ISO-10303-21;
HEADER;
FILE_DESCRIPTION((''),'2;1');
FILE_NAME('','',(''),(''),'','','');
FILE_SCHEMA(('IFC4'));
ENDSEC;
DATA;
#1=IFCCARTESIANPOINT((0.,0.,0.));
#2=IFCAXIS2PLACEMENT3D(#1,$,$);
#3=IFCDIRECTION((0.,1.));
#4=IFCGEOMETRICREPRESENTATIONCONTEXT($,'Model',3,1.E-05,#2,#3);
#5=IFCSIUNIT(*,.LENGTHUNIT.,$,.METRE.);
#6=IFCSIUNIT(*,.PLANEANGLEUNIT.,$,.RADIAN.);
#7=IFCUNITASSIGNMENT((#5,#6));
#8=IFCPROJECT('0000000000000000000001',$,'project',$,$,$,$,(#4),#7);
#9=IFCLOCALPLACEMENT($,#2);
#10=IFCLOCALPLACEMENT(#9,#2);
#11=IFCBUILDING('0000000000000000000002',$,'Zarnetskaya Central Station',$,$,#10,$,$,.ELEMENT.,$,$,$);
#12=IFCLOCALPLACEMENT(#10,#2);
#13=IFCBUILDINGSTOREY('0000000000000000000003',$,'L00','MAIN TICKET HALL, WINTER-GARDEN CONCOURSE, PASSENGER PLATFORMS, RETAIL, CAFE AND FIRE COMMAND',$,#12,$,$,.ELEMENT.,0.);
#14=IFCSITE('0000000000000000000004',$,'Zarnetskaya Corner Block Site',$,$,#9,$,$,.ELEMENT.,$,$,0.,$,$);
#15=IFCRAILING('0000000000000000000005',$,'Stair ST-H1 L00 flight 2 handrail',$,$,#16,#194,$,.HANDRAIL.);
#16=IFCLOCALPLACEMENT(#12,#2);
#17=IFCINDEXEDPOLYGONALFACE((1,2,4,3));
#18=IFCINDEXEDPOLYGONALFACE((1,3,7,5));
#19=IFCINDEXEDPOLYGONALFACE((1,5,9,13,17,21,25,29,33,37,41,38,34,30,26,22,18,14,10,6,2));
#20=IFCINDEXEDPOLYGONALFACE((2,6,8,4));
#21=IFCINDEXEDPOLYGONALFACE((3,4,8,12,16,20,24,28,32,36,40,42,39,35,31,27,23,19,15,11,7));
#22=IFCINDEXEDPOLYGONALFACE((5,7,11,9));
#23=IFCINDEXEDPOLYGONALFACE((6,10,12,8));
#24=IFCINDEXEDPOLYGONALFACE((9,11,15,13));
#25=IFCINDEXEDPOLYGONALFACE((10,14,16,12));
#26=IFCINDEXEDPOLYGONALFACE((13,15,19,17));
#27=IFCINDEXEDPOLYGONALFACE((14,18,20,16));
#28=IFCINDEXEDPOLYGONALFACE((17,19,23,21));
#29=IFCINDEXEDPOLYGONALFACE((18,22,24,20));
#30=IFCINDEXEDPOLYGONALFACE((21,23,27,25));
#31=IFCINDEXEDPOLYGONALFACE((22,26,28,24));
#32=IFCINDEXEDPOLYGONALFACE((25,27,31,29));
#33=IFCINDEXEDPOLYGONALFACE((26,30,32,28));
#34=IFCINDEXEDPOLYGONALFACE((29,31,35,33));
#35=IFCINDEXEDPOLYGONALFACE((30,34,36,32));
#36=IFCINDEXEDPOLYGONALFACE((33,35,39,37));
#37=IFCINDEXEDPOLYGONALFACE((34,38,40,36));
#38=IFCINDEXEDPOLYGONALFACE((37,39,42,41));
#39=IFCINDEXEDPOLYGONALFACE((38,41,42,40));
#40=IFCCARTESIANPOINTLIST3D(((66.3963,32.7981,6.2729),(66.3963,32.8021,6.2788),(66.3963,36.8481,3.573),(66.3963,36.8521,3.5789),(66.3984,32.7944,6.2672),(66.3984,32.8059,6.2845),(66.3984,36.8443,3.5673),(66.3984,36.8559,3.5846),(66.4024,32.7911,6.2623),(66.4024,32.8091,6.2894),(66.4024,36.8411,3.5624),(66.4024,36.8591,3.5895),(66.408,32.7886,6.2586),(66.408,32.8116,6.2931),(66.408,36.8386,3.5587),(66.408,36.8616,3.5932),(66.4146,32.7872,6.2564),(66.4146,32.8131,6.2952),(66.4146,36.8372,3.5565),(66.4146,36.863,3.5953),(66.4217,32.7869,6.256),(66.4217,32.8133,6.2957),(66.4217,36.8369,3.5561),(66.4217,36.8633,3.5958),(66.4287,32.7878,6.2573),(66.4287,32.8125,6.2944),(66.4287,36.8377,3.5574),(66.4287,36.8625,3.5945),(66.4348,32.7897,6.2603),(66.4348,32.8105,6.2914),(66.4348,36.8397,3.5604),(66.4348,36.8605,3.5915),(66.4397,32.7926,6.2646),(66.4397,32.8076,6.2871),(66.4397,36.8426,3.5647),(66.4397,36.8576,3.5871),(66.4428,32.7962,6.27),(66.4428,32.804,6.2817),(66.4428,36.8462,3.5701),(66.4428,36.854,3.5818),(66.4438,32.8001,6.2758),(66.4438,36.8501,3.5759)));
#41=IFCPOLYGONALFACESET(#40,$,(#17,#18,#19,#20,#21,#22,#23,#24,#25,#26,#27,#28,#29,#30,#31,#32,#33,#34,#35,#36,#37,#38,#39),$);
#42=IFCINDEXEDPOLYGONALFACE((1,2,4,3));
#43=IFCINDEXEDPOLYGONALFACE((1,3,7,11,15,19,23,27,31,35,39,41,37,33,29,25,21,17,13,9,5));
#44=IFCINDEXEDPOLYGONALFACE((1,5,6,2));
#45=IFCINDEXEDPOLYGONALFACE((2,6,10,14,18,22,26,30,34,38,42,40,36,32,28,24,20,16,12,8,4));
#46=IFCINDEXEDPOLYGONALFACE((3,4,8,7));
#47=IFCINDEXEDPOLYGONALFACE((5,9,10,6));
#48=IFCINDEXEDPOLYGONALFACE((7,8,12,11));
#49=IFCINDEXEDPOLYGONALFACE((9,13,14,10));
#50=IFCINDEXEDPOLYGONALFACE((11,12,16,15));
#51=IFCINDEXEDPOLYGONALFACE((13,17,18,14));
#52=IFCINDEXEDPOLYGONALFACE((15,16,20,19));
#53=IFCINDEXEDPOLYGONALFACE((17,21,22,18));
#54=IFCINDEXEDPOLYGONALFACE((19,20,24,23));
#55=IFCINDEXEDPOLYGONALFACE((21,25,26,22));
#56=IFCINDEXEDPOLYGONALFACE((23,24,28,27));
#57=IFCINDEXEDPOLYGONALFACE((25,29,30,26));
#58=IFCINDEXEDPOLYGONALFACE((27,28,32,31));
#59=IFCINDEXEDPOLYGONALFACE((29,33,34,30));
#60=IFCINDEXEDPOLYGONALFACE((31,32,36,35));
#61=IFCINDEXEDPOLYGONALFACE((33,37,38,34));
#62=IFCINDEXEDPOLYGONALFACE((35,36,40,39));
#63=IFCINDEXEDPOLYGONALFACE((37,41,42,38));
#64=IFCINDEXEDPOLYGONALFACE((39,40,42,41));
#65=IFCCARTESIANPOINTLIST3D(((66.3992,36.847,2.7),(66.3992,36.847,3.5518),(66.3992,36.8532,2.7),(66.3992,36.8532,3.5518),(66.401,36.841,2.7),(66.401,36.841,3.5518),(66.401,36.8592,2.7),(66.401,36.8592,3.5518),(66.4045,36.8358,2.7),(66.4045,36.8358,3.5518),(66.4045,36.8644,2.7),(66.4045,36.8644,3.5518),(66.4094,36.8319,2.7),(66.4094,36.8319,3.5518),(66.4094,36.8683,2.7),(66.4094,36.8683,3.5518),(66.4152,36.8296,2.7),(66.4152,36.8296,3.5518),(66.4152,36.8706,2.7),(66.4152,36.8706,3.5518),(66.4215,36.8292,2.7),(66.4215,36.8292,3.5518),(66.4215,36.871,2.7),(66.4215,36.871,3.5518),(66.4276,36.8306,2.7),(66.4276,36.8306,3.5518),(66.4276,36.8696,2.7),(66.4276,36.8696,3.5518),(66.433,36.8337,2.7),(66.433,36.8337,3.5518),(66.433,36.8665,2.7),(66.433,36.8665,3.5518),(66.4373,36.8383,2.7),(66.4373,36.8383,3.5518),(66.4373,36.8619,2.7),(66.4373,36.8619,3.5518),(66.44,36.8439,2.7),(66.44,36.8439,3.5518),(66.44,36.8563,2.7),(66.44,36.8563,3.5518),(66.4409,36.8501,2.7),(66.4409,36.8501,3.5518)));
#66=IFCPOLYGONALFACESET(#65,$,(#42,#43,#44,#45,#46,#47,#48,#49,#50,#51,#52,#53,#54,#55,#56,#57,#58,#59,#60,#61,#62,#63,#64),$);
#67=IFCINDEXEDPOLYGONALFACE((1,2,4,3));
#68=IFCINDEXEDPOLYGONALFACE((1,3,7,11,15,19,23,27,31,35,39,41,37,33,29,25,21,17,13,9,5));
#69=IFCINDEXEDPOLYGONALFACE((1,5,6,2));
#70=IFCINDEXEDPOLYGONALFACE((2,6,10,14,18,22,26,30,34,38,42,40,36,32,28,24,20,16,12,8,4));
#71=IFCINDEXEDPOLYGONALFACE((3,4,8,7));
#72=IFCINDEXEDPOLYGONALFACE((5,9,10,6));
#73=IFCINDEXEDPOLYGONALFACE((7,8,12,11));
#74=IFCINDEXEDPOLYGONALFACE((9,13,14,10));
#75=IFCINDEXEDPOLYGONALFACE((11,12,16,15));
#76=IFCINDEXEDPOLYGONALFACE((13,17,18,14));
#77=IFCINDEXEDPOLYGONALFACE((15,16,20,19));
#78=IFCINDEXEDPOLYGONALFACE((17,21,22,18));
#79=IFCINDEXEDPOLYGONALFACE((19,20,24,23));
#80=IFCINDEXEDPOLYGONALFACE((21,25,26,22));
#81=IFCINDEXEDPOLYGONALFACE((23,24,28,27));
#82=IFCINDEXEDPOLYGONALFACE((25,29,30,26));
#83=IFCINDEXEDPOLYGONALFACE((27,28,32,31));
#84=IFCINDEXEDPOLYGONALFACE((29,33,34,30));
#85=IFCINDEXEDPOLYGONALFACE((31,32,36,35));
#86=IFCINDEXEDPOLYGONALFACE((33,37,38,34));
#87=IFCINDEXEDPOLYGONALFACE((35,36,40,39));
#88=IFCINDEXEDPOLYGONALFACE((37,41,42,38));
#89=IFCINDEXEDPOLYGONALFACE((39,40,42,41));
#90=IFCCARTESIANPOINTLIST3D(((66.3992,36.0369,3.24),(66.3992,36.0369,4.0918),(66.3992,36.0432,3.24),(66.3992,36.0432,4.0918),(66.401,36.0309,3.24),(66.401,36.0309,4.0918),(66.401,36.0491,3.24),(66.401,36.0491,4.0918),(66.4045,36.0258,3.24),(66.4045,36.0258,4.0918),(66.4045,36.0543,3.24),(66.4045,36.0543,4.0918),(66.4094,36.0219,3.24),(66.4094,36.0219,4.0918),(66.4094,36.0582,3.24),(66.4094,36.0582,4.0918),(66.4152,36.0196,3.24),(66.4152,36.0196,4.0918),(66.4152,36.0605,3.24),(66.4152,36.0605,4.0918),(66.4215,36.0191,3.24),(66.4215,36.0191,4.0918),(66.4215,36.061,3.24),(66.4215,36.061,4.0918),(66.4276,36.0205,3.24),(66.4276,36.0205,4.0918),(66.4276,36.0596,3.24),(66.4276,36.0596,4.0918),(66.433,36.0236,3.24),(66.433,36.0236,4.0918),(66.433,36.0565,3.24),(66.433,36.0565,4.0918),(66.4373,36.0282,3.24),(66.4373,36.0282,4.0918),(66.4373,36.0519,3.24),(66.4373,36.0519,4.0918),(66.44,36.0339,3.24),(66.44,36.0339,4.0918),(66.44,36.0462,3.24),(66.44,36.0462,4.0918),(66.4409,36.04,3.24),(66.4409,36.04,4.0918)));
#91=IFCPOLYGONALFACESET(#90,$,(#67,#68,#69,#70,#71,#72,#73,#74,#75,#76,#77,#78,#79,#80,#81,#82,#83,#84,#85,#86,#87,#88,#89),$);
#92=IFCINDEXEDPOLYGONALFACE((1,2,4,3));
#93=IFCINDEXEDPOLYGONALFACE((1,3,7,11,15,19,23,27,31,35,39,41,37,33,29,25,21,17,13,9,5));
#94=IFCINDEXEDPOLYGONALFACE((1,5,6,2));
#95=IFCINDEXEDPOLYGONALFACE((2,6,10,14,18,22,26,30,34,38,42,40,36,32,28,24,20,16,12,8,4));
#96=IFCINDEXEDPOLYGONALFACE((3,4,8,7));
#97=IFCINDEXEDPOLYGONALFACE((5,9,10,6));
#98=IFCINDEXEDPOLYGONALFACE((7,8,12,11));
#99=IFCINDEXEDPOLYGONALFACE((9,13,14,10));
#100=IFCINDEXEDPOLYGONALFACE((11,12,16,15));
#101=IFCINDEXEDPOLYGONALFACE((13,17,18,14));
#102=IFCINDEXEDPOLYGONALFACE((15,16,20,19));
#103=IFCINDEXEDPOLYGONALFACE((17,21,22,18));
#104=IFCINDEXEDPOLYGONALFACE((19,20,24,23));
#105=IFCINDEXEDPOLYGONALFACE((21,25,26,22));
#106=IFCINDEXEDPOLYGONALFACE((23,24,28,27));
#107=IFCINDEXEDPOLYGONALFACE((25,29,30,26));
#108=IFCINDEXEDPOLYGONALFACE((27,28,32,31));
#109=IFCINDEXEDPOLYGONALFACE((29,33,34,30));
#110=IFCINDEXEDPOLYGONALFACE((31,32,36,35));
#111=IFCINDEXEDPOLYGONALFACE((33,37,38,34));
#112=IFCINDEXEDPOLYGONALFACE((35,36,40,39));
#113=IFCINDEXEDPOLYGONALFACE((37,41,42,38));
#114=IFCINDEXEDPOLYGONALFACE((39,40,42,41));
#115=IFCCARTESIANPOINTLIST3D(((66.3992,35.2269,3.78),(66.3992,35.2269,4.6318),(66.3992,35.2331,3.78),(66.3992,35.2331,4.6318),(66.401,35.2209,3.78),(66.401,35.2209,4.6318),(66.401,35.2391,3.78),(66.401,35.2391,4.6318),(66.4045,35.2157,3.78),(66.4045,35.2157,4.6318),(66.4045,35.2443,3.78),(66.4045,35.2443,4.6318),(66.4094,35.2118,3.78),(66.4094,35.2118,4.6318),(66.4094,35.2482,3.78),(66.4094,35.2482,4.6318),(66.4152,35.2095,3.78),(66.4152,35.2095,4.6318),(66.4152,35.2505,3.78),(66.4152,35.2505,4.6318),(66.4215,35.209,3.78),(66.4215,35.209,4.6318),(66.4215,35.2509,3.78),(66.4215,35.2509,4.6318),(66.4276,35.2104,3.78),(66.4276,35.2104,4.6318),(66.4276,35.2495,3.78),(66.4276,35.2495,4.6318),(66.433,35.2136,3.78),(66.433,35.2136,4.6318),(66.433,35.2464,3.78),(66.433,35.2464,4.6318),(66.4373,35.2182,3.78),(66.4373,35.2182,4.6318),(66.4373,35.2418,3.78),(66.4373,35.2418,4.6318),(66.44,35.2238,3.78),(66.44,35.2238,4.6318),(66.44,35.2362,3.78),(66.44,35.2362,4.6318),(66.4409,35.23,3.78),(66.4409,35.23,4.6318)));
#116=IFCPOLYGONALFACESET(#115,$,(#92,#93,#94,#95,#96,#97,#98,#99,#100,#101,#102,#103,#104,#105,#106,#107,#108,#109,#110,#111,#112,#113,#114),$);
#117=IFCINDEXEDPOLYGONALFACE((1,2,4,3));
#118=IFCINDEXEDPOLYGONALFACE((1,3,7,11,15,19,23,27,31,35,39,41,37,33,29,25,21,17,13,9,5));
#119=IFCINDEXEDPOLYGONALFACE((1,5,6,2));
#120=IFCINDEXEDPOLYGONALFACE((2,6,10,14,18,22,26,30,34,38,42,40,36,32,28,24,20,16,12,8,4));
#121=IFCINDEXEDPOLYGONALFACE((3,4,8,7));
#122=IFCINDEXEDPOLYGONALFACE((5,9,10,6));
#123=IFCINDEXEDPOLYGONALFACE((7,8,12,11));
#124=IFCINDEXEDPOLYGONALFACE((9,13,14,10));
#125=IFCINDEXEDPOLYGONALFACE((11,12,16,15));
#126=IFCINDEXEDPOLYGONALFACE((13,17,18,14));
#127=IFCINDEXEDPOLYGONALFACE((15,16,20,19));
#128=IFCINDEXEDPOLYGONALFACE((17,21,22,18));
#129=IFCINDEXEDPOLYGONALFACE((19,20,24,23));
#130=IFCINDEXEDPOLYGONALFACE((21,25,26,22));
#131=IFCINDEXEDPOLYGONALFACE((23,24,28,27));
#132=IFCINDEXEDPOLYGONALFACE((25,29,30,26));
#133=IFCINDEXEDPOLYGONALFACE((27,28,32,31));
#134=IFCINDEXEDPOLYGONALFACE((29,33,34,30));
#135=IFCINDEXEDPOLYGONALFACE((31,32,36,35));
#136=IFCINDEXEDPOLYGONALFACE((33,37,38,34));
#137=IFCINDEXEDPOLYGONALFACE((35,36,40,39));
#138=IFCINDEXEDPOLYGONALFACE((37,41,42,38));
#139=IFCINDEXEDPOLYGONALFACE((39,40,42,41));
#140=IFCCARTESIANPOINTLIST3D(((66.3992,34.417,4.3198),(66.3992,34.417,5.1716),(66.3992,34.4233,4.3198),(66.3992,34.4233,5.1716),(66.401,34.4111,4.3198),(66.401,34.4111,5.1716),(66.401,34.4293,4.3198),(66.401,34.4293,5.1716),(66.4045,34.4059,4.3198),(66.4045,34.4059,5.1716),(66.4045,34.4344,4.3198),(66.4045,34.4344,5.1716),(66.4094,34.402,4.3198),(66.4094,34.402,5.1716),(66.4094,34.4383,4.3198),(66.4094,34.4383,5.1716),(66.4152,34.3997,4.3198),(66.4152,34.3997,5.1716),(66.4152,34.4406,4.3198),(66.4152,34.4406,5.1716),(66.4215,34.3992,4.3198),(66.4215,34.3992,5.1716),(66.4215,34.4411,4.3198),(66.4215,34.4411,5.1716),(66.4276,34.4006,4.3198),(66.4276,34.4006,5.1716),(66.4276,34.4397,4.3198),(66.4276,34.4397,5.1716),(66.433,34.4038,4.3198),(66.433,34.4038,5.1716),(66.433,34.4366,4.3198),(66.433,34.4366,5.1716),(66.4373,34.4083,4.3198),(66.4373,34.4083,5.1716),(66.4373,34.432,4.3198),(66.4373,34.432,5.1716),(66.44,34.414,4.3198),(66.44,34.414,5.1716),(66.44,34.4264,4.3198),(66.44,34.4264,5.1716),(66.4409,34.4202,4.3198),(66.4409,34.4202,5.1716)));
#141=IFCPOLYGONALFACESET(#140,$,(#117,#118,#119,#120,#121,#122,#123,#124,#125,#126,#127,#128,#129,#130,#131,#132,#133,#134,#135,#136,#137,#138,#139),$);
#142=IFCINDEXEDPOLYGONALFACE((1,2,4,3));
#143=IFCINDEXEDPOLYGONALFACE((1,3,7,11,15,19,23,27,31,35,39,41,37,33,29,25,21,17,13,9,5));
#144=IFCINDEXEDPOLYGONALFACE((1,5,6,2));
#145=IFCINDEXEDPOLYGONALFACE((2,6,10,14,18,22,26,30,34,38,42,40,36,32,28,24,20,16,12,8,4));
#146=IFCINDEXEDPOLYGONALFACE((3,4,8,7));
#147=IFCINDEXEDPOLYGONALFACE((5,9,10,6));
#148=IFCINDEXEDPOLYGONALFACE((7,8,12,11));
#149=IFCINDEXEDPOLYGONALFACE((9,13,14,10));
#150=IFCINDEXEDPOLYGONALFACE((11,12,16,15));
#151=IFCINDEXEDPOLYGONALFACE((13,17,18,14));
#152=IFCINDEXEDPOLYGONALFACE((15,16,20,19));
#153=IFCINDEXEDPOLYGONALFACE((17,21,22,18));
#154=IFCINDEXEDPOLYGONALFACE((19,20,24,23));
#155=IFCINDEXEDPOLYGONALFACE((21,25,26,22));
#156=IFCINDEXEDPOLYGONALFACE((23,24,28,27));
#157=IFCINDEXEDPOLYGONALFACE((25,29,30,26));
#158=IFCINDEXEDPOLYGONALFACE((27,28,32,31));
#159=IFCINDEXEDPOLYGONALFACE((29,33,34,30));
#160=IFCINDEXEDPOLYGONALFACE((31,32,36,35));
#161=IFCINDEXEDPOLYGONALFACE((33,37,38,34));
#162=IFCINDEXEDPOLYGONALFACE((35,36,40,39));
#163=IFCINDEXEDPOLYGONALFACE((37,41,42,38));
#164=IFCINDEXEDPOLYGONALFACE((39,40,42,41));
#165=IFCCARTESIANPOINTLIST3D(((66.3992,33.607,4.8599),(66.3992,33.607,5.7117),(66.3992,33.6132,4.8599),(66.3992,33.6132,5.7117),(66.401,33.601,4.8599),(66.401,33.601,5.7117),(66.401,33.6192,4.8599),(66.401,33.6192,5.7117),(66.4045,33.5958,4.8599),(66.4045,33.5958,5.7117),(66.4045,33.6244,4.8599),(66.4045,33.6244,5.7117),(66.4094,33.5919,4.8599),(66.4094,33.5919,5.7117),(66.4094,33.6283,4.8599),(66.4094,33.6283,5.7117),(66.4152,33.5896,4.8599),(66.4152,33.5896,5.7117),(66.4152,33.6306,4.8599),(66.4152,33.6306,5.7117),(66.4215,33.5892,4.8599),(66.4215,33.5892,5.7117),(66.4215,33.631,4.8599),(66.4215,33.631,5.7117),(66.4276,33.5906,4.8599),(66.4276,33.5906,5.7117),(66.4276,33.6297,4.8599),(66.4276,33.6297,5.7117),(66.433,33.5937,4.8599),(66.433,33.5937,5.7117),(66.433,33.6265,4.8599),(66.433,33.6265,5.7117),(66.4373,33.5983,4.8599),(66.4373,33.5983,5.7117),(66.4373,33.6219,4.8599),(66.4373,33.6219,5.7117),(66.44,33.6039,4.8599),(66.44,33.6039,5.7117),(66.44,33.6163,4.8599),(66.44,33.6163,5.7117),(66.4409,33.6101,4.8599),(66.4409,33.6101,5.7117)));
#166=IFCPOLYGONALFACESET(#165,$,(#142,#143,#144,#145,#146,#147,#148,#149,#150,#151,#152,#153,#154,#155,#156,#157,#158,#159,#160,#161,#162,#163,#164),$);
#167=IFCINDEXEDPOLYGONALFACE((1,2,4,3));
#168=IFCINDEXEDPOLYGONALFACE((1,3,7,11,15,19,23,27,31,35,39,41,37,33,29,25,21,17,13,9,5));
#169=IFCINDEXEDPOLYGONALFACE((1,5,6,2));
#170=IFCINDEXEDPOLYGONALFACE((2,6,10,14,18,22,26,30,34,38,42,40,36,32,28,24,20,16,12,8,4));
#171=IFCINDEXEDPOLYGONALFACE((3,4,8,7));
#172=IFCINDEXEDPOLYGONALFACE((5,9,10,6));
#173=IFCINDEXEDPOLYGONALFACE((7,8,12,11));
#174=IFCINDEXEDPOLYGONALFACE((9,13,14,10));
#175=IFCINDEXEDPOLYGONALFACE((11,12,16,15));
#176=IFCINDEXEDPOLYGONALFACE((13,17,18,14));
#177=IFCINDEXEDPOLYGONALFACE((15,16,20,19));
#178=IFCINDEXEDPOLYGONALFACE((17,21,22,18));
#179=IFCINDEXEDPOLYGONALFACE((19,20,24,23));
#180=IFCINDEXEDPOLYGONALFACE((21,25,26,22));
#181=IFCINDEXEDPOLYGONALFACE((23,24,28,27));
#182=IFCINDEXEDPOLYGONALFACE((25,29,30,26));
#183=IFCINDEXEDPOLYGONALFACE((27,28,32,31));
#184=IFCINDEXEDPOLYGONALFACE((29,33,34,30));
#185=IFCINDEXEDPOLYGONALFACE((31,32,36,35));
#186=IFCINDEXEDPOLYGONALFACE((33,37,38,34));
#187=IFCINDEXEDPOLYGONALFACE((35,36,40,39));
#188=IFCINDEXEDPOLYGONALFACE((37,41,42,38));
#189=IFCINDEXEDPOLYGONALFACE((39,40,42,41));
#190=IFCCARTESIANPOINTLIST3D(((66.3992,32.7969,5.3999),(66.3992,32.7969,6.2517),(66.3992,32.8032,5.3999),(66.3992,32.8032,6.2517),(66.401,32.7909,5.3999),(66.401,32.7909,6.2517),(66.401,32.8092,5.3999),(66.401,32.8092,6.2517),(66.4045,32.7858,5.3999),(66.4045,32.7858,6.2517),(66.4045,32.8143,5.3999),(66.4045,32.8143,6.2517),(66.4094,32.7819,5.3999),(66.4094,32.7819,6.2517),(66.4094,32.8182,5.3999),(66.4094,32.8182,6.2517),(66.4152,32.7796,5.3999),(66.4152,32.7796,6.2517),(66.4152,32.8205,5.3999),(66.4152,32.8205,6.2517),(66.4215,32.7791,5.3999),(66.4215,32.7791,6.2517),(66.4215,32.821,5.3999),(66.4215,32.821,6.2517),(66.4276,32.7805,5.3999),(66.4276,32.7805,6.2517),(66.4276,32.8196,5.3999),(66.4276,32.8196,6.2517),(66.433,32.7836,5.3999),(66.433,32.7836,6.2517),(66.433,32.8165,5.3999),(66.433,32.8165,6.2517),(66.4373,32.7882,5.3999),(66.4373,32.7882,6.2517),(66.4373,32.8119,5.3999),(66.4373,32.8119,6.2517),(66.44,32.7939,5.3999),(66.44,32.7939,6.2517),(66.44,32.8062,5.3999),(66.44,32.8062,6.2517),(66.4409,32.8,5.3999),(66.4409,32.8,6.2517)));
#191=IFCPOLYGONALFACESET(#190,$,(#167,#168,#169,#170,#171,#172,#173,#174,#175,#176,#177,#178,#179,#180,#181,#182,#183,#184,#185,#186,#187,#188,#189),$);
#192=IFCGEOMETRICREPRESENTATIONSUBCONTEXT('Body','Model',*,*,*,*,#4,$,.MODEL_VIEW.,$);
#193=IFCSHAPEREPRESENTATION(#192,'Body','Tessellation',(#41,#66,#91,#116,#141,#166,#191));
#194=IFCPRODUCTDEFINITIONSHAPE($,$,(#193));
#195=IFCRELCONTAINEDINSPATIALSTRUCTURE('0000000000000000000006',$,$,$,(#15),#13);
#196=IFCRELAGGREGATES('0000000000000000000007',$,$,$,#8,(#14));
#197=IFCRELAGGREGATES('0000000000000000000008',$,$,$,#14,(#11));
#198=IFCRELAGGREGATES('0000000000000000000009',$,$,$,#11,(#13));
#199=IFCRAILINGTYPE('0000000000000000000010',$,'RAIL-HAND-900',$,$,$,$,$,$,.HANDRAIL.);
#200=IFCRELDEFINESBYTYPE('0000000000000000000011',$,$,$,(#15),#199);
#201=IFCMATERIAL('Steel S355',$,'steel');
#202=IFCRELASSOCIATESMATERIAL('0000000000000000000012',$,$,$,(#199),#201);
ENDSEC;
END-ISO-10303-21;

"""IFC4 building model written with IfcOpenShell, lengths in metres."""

from ifc_helpers import new_model, si_unit, direction, frame, origin, origin_2d, place, context, subcontext, project, spatial, circle, extrude, material, type_object, element, save


model = new_model("IFC4")

# Units and contexts
model_context = context("Model", 3, precision=1e-05, world=origin(), true_north=direction((0.0, 1.0)))
body_context = subcontext(model_context, "Body", "Model", "MODEL_VIEW")
ifc_project = project(units=[si_unit("LENGTHUNIT", "METRE"), si_unit("PLANEANGLEUNIT", "RADIAN")], contexts=[model_context])

# Site, building, storey
site_placement = place(None, origin())
site = spatial("IfcSite", under=ifc_project, at=site_placement, Name="Zarnetskaya Corner Block Site", CompositionType="ELEMENT", RefElevation=0.0)
building_placement = place(site_placement, origin())
building = spatial("IfcBuilding", under=site, at=building_placement, Name="Zarnetskaya Central Station", CompositionType="ELEMENT")
storey_placement = place(building_placement, origin())
storey = spatial("IfcBuildingStorey", under=building, at=storey_placement, Name="L00", Description="MAIN TICKET HALL, WINTER-GARDEN CONCOURSE, PASSENGER PLATFORMS, RETAIL, CAFE AND FIRE COMMAND", CompositionType="ELEMENT", Elevation=0.0)

# Shared definitions
ifc_material_1 = material(Name="Steel S355", Category="steel")

# Railing
railing_type_1 = type_object("IfcRailingType", Name="RAIL-HAND-900", PredefinedType="HANDRAIL", material=ifc_material_1)
railing_1_placement = place(storey_placement, frame((66.4199, 36.8501, 2.7)))
element("IfcRailing", 1, at=railing_1_placement, inside=storey, type_object=railing_type_1, Name="Stair ST-H1 L00 flight 2 handrail", PredefinedType="HANDRAIL", context=body_context, shape_type="SweptSolid", body=[
    extrude(circle(Radius=0.0239, at=origin_2d()), frame((0.0, 0.0, 0.876), z_axis=(0.0, -0.832058, 0.554689), x_axis=(1.0, 0.0, 0.0)), (0.0, 0.0, 1.0), 4.8674),
    extrude(circle(Radius=0.021, at=origin_2d()), origin(), (0.0, 0.0, 1.0), 0.8518),
    extrude(circle(Radius=0.021, at=origin_2d()), frame((0.0, -0.8101, 0.54)), (0.0, 0.0, 1.0), 0.8518),
    extrude(circle(Radius=0.021, at=origin_2d()), frame((0.0, -1.6201, 1.0801)), (0.0, 0.0, 1.0), 0.8518),
    extrude(circle(Radius=0.021, at=origin_2d()), frame((0.0, -2.4299, 1.6199)), (0.0, 0.0, 1.0), 0.8518),
    extrude(circle(Radius=0.021, at=origin_2d()), frame((0.0, -3.24, 2.1599)), (0.0, 0.0, 1.0), 0.8518),
    extrude(circle(Radius=0.021, at=origin_2d()), frame((0.0, -4.05, 2.7)), (0.0, 0.0, 1.0), 0.8518),
])

save(model, "model.ifc")
